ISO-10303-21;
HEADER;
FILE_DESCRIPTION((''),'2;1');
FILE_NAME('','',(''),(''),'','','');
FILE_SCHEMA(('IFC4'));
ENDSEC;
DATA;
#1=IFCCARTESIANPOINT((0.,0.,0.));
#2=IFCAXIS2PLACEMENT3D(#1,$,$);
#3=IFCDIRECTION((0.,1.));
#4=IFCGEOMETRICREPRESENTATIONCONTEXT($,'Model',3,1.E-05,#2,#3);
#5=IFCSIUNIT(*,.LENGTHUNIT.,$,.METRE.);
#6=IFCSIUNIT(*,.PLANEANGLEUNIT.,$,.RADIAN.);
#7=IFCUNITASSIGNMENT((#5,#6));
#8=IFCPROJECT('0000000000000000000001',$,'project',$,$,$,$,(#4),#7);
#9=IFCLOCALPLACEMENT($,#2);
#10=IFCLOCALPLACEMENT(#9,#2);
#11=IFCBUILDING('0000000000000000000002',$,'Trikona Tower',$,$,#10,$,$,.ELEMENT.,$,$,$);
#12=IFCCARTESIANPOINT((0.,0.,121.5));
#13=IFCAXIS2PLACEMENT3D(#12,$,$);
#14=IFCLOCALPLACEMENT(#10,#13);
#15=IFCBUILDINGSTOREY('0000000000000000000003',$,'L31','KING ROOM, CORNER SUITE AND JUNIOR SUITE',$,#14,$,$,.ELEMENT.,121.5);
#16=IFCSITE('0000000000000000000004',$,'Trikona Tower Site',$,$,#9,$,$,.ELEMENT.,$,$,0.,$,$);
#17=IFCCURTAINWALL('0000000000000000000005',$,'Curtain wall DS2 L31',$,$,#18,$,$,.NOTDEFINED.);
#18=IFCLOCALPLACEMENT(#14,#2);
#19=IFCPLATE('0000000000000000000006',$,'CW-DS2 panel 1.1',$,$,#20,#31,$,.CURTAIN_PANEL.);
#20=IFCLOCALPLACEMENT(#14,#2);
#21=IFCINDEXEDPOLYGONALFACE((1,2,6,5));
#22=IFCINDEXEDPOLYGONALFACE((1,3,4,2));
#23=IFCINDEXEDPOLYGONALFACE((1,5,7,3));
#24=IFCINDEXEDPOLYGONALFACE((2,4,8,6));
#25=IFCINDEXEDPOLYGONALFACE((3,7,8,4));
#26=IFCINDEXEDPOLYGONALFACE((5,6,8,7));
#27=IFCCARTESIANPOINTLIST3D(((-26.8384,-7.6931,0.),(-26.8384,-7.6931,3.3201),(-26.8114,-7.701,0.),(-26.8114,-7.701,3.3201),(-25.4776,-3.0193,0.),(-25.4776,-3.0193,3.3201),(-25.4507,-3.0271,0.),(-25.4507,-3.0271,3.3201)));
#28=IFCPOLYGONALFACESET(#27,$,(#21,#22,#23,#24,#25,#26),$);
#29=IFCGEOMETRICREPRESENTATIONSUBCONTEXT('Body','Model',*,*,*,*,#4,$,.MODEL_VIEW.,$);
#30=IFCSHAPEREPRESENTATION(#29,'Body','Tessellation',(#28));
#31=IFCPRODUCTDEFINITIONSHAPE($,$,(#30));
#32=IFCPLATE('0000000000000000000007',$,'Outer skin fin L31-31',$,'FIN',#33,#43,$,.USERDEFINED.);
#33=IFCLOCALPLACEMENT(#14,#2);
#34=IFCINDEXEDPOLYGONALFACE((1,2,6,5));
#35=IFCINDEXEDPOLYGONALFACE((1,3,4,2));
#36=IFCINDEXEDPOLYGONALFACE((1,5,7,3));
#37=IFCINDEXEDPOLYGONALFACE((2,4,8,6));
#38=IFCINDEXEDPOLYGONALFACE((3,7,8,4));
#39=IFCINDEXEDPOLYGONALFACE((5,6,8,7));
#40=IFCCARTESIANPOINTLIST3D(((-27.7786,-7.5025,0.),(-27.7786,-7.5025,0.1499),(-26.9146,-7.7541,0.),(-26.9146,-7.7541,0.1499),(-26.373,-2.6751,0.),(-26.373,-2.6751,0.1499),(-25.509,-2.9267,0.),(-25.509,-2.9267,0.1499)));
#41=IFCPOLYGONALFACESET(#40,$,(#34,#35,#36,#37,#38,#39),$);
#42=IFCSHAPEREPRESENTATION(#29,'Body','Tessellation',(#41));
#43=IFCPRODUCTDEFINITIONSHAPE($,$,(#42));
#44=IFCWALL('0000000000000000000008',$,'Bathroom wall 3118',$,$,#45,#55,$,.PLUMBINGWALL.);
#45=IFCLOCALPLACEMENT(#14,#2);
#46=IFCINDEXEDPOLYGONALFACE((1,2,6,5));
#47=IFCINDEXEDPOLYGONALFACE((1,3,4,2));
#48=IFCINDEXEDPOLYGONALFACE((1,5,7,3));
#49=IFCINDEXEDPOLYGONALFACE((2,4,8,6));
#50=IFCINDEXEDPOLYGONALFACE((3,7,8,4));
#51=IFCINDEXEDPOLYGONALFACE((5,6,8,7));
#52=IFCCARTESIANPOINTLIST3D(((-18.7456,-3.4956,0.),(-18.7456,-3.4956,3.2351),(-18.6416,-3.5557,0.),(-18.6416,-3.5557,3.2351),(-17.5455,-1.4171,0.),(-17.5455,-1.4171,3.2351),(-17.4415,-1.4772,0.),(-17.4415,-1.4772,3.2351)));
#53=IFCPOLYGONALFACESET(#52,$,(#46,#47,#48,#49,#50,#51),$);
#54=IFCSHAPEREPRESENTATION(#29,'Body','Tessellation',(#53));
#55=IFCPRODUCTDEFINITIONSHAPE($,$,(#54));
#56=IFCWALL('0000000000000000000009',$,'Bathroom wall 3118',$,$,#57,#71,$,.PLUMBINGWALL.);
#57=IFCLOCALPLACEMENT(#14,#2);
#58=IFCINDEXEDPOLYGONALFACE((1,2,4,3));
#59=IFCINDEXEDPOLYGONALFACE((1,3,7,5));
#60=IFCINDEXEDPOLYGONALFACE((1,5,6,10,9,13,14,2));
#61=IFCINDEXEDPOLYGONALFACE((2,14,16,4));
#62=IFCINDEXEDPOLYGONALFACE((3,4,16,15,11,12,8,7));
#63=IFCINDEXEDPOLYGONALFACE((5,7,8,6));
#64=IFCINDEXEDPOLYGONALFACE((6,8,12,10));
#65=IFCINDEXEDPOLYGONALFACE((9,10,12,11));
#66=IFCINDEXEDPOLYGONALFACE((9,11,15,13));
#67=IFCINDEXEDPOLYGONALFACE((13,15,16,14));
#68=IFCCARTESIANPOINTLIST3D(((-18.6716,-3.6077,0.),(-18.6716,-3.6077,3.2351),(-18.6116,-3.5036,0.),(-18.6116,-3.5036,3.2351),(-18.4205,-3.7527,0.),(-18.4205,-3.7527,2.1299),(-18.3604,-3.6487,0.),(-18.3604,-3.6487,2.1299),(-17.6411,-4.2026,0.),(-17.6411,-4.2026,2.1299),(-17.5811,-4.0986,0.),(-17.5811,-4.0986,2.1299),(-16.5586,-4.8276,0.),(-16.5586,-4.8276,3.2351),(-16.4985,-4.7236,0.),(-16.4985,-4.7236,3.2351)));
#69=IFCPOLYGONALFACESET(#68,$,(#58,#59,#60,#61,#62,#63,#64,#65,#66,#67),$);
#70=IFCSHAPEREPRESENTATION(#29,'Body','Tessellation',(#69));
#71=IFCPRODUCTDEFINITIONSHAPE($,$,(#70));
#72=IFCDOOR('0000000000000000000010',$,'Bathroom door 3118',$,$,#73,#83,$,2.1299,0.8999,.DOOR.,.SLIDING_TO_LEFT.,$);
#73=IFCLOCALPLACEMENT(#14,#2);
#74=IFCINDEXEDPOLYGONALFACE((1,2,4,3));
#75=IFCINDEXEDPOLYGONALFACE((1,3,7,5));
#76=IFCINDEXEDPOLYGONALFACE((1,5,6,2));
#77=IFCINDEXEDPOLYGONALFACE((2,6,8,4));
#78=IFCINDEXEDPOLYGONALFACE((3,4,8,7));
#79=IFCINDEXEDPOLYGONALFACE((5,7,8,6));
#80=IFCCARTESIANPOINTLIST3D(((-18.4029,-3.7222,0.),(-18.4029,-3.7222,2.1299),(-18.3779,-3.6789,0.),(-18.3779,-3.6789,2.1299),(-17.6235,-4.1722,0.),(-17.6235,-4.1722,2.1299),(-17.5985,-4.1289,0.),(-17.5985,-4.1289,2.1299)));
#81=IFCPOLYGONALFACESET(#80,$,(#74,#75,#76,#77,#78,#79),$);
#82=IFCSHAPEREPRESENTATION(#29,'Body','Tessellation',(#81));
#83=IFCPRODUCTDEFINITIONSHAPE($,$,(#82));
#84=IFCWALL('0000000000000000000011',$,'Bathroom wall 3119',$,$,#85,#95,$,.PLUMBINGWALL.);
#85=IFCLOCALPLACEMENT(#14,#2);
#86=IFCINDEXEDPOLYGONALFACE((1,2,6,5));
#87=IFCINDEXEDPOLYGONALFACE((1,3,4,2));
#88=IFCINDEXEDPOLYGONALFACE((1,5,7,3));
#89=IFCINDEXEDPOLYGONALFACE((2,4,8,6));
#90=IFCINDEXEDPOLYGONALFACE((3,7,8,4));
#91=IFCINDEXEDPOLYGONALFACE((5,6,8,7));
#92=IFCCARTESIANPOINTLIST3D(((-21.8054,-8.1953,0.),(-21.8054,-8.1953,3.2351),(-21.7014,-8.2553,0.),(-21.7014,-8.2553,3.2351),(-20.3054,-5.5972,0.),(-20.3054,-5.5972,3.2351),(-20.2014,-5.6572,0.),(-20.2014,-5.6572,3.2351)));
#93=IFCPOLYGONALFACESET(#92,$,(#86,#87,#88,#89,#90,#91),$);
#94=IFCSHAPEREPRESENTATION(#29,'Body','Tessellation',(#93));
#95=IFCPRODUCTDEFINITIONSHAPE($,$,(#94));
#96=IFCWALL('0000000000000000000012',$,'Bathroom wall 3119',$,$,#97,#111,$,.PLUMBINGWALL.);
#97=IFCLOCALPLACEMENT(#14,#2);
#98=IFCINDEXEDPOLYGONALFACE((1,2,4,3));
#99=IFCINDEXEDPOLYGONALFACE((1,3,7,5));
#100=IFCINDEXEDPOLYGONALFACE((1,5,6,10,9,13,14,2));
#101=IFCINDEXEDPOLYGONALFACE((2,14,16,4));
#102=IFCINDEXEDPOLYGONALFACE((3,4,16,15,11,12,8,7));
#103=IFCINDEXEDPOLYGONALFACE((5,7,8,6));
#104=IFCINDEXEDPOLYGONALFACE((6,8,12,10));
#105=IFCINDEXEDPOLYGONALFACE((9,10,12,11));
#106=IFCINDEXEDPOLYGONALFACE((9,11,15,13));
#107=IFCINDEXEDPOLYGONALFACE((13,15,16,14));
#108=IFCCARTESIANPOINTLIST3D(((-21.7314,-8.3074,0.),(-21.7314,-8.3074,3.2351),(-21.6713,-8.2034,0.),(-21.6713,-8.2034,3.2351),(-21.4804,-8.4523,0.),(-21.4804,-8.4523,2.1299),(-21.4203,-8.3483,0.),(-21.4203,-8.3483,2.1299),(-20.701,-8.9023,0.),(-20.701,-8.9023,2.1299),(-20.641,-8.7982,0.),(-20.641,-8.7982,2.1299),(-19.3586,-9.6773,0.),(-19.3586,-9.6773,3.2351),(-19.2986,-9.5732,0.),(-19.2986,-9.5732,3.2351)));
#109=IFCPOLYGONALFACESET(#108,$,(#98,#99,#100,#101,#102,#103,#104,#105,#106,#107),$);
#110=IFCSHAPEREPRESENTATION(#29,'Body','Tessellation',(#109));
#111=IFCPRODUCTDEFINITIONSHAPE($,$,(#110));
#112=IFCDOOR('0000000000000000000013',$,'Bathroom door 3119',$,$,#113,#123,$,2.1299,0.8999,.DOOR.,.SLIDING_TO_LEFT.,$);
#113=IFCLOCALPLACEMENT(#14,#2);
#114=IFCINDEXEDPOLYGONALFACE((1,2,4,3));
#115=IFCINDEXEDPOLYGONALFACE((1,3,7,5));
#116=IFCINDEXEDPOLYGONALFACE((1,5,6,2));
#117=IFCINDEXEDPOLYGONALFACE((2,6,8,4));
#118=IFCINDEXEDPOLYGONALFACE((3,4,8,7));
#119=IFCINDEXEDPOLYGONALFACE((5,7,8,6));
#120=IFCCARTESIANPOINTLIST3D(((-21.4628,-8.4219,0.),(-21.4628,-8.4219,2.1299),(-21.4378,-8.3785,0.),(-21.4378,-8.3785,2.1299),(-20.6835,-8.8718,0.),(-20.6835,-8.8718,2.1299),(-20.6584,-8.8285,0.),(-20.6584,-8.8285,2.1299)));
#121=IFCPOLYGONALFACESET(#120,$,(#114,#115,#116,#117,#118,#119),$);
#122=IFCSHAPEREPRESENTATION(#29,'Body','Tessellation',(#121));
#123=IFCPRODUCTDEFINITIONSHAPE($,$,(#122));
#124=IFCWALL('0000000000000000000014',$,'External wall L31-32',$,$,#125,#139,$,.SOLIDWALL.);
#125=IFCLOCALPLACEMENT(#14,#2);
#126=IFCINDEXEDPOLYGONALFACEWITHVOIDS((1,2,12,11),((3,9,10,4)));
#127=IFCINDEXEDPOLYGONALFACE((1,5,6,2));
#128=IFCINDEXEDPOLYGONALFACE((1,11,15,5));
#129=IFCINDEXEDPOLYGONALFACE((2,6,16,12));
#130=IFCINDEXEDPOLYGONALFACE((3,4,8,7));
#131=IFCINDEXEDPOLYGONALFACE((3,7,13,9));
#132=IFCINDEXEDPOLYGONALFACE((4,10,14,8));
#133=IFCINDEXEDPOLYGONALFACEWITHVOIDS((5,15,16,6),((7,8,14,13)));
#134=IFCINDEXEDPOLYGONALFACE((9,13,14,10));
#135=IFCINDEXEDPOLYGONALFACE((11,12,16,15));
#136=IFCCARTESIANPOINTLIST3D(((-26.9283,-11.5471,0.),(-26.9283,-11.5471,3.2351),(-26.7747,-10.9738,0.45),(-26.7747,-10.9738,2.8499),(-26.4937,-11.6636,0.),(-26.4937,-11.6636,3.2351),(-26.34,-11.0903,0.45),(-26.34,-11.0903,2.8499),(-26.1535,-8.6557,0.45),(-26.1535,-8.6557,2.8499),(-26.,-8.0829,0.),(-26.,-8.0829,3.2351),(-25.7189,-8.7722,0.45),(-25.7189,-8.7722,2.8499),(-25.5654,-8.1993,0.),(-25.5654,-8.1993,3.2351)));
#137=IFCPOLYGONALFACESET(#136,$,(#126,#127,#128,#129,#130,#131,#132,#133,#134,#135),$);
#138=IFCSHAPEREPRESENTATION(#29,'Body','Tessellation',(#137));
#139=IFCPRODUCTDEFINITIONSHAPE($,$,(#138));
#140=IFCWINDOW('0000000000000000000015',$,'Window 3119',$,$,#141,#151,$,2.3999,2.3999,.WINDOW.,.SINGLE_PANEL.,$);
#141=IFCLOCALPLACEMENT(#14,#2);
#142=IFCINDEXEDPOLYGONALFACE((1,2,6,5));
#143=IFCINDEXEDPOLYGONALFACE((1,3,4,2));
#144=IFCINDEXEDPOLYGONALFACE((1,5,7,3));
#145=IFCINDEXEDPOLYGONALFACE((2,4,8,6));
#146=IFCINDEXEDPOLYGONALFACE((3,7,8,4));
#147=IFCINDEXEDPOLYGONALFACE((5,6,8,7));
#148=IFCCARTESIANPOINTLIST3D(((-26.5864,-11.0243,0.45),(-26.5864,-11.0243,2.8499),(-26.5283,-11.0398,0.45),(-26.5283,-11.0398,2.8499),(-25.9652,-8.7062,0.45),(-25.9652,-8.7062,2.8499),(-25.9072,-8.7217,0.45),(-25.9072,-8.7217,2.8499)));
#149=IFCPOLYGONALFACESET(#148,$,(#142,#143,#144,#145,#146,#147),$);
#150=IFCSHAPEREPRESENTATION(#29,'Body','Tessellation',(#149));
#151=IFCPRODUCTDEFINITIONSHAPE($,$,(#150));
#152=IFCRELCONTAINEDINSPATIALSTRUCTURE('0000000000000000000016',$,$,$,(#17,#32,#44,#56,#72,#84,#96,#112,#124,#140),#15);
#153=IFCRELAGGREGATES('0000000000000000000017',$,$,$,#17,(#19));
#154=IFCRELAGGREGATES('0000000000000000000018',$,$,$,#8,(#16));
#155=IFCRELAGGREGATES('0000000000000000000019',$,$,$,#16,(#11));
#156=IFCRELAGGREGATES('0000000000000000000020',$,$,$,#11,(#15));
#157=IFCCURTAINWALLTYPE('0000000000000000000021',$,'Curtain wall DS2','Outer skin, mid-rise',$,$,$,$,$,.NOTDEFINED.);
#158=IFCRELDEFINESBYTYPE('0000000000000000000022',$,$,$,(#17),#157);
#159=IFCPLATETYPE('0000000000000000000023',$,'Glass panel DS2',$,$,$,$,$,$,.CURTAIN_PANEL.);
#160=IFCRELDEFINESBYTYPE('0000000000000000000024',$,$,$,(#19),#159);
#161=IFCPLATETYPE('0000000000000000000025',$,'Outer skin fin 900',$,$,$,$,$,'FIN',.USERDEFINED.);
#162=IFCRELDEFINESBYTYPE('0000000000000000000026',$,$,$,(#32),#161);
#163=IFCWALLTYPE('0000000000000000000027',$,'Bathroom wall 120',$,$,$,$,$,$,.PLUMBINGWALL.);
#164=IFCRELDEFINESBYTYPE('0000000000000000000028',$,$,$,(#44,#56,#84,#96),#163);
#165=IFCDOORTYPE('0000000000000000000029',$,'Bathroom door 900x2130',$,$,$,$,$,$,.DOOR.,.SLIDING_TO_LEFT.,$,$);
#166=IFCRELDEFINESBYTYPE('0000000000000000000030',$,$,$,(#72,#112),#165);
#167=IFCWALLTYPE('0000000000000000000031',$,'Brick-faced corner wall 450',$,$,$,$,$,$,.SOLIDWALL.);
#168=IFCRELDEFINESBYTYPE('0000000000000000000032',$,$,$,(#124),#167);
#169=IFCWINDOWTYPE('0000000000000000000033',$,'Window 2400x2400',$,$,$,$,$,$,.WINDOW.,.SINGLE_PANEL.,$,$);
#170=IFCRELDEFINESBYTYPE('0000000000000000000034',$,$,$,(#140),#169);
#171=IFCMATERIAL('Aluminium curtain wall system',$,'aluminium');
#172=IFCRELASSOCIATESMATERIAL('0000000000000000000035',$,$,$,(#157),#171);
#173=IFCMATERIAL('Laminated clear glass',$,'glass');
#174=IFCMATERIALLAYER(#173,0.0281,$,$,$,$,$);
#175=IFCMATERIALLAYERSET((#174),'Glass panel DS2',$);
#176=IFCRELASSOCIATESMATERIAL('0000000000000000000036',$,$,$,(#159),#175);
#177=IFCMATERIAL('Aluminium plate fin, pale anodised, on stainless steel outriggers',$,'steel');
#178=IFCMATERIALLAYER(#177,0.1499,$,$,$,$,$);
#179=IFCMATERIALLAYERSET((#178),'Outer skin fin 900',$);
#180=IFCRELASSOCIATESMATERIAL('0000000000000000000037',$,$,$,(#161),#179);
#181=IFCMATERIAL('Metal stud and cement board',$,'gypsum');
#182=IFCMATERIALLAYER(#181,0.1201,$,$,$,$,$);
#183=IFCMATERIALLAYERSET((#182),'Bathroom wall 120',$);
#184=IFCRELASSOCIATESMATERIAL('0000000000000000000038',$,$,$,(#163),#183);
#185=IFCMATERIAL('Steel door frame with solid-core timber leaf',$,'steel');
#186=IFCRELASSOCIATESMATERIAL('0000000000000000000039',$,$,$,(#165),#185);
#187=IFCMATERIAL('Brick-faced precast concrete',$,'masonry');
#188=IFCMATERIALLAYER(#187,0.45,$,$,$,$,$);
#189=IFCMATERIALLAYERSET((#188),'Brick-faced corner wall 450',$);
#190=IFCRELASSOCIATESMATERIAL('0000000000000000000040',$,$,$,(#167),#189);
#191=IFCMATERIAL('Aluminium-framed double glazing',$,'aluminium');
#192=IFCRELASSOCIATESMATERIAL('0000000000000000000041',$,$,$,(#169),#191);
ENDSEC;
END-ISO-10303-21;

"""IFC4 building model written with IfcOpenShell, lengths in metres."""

from ifc_helpers import new_model, si_unit, direction, frame, frame_2d, origin, origin_2d, place, context, subcontext, project, spatial, rectangle, extrude, material, layer, layer_set, type_object, element, fill, aggregate, save


model = new_model("IFC4")

# Units and contexts
model_context = context("Model", 3, precision=1e-05, world=origin(), true_north=direction((0.0, 1.0)))
body_context = subcontext(model_context, "Body", "Model", "MODEL_VIEW")
ifc_project = project(units=[si_unit("LENGTHUNIT", "METRE"), si_unit("PLANEANGLEUNIT", "RADIAN")], contexts=[model_context])

# Site, building, storey
site_placement = place(None, origin())
site = spatial("IfcSite", under=ifc_project, at=site_placement, Name="Trikona Tower Site", CompositionType="ELEMENT", RefElevation=0.0)
building_placement = place(site_placement, origin())
building = spatial("IfcBuilding", under=site, at=building_placement, Name="Trikona Tower", CompositionType="ELEMENT")
storey_placement = place(building_placement, frame((0.0, 0.0, 121.5)))
storey = spatial("IfcBuildingStorey", under=building, at=storey_placement, Name="L31", Description="KING ROOM, CORNER SUITE AND JUNIOR SUITE", CompositionType="ELEMENT", Elevation=121.5)

# Shared definitions
ifc_material_1 = material(Name="Aluminium curtain wall system", Category="aluminium")
curtain_wall_type = type_object("IfcCurtainWallType", Name="Curtain wall DS2", Description="Outer skin, mid-rise", PredefinedType="NOTDEFINED", material=ifc_material_1)

# Curtain wall
curtain_wall_1_placement = place(storey_placement, origin())
curtain_wall_1 = element("IfcCurtainWall", 1, at=curtain_wall_1_placement, inside=storey, type_object=curtain_wall_type, Name="Curtain wall DS2 L31", PredefinedType="NOTDEFINED")

# Plates
ifc_material_2 = material(Name="Laminated clear glass", Category="glass")
ifc_layer_1 = layer(ifc_material_2, 0.0281)
ifc_layer_set_1 = layer_set([ifc_layer_1], Name="Glass panel DS2")
plate_type_1 = type_object("IfcPlateType", Name="Glass panel DS2", PredefinedType="CURTAIN_PANEL", material=ifc_layer_set_1)
plate_1_placement = place(storey_placement, frame((-26.1445, -5.3601, 0.0), z_axis=(0.0, 0.0, 1.0), x_axis=(-0.279543, -0.960133, 0.0)))
plate_1 = element("IfcPlate", 2, at=plate_1_placement, type_object=plate_type_1, Name="CW-DS2 panel 1.1", PredefinedType="CURTAIN_PANEL", context=body_context, shape_type="SweptSolid", body=[
    extrude(rectangle(XDim=4.8679, YDim=0.0281, at=origin_2d()), origin(), (0.0, 0.0, 1.0), 3.3201),
])
aggregate(curtain_wall_1, [plate_1])
ifc_material_3 = material(Name="Aluminium plate fin, pale anodised, on stainless steel outriggers", Category="steel")
ifc_layer_2 = layer(ifc_material_3, 0.1499)
ifc_layer_set_2 = layer_set([ifc_layer_2], Name="Outer skin fin 900")
plate_type_2 = type_object("IfcPlateType", Name="Outer skin fin 900", ElementType="FIN", PredefinedType="USERDEFINED", material=ifc_layer_set_2)
plate_2_placement = place(storey_placement, frame((-26.6438, -5.2146, 0.0), z_axis=(0.0, 0.0, 1.0), x_axis=(-0.279554, -0.96013, 0.0)))
element("IfcPlate", 3, at=plate_2_placement, inside=storey, type_object=plate_type_2, Name="Outer skin fin L31-31", ObjectType="FIN", PredefinedType="USERDEFINED", context=body_context, shape_type="SweptSolid", body=[
    extrude(rectangle(XDim=5.0278, YDim=0.8999, at=origin_2d()), origin(), (0.0, 0.0, 1.0), 0.1499),
])

# Wall
ifc_material_4 = material(Name="Metal stud and cement board", Category="gypsum")
ifc_layer_3 = layer(ifc_material_4, 0.1201)
ifc_layer_set_3 = layer_set([ifc_layer_3], Name="Bathroom wall 120")
wall_type_1 = type_object("IfcWallType", Name="Bathroom wall 120", PredefinedType="PLUMBINGWALL", material=ifc_layer_set_3)
wall_1_placement = place(storey_placement, frame((-17.4934, -1.447, 0.0), z_axis=(0.0, 0.0, 1.0), x_axis=(-0.500034, -0.866006, 0.0)))
element("IfcWall", 4, at=wall_1_placement, inside=storey, type_object=wall_type_1, Name="Bathroom wall 3118", PredefinedType="PLUMBINGWALL", context=body_context, shape_type="SweptSolid", body=[
    extrude(rectangle(XDim=2.4001, YDim=0.1201, at=frame_2d((1.2002, 0.0))), origin(), (0.0, 0.0, 1.0), 3.2351),
])

# Wall, opening, door
wall_2_placement = place(storey_placement, frame((-16.5286, -4.7756, 0.0), z_axis=(0.0, 0.0, 1.0), x_axis=(-0.866024, 0.500003, 0.0)))
wall_2 = element("IfcWall", 5, at=wall_2_placement, inside=storey, type_object=wall_type_1, Name="Bathroom wall 3118", PredefinedType="PLUMBINGWALL", context=body_context, shape_type="SweptSolid", body=[
    extrude(rectangle(XDim=2.4399, YDim=0.1201, at=frame_2d((1.22, 0.0))), origin(), (0.0, 0.0, 1.0), 3.2351),
])
opening_1_placement = place(wall_2_placement, frame((1.25, 0.0, 0.0)))
opening_1 = element("IfcOpeningElement", 6, at=opening_1_placement, cuts=wall_2, PredefinedType="OPENING", context=body_context, shape_type="SweptSolid", body=[
    extrude(rectangle(XDim=0.8999, YDim=2.1299, at=frame_2d((0.45, 1.0649))), frame((0.0, 0.0701, 0.0), z_axis=(0.0, -1.0, 0.0), x_axis=(1.0, 0.0, 0.0)), (0.0, 0.0, 1.0), 0.1401),
])
ifc_material_5 = material(Name="Steel door frame with solid-core timber leaf", Category="steel")
door_type_1 = type_object("IfcDoorType", Name="Bathroom door 900x2130", OperationType="SLIDING_TO_LEFT", PredefinedType="DOOR", material=ifc_material_5)
door_1_placement = place(opening_1_placement, origin())
door_1 = element("IfcDoor", 7, at=door_1_placement, inside=storey, type_object=door_type_1, Name="Bathroom door 3118", OperationType="SLIDING_TO_LEFT", OverallHeight=2.1299, OverallWidth=0.8999, PredefinedType="DOOR", context=body_context, shape_type="SweptSolid", body=[
    extrude(rectangle(XDim=0.8999, YDim=2.1299, at=frame_2d((0.45, 1.0649))), frame((0.0, 0.0249, 0.0), z_axis=(0.0, -1.0, 0.0), x_axis=(1.0, 0.0, 0.0)), (0.0, 0.0, 1.0), 0.05),
])
fill(opening_1, door_1)

# Wall
wall_3_placement = place(storey_placement, frame((-20.2534, -5.6272, 0.0), z_axis=(0.0, 0.0, 1.0), x_axis=(-0.49999, -0.866031, 0.0)))
element("IfcWall", 8, at=wall_3_placement, inside=storey, type_object=wall_type_1, Name="Bathroom wall 3119", PredefinedType="PLUMBINGWALL", context=body_context, shape_type="SweptSolid", body=[
    extrude(rectangle(XDim=3.0, YDim=0.1201, at=frame_2d((1.5, 0.0))), origin(), (0.0, 0.0, 1.0), 3.2351),
])

# Wall, opening, door
wall_4_placement = place(storey_placement, frame((-19.3286, -9.6252, 0.0), z_axis=(0.0, 0.0, 1.0), x_axis=(-0.866036, 0.499982, 0.0)))
wall_4 = element("IfcWall", 9, at=wall_4_placement, inside=storey, type_object=wall_type_1, Name="Bathroom wall 3119", PredefinedType="PLUMBINGWALL", context=body_context, shape_type="SweptSolid", body=[
    extrude(rectangle(XDim=2.7397, YDim=0.1201, at=frame_2d((1.3699, 0.0))), origin(), (0.0, 0.0, 1.0), 3.2351),
])
opening_2_placement = place(wall_4_placement, frame((1.55, 0.0, 0.0)))
opening_2 = element("IfcOpeningElement", 10, at=opening_2_placement, cuts=wall_4, PredefinedType="OPENING", context=body_context, shape_type="SweptSolid", body=[
    extrude(rectangle(XDim=0.8999, YDim=2.1299, at=frame_2d((0.45, 1.0649))), frame((0.0, 0.0701, 0.0), z_axis=(0.0, -1.0, 0.0), x_axis=(1.0, 0.0, 0.0)), (0.0, 0.0, 1.0), 0.1401),
])
door_2_placement = place(opening_2_placement, origin())
door_2 = element("IfcDoor", 11, at=door_2_placement, inside=storey, type_object=door_type_1, Name="Bathroom door 3119", OperationType="SLIDING_TO_LEFT", OverallHeight=2.1299, OverallWidth=0.8999, PredefinedType="DOOR", context=body_context, shape_type="SweptSolid", body=[
    extrude(rectangle(XDim=0.8999, YDim=2.1299, at=frame_2d((0.45, 1.0649))), frame((0.0, 0.0249, 0.0), z_axis=(0.0, -1.0, 0.0), x_axis=(1.0, 0.0, 0.0)), (0.0, 0.0, 1.0), 0.05),
])
fill(opening_2, door_2)

# Wall, opening, window
ifc_material_6 = material(Name="Brick-faced precast concrete", Category="masonry")
ifc_layer_4 = layer(ifc_material_6, 0.45)
ifc_layer_set_4 = layer_set([ifc_layer_4], Name="Brick-faced corner wall 450")
wall_type_2 = type_object("IfcWallType", Name="Brick-faced corner wall 450", PredefinedType="SOLIDWALL", material=ifc_layer_set_4)
wall_5_placement = place(storey_placement, frame((-25.7827, -8.1411, 0.0), z_axis=(0.0, 0.0, 1.0), x_axis=(-0.258823, -0.965925, 0.0)))
wall_5 = element("IfcWall", 12, at=wall_5_placement, inside=storey, type_object=wall_type_2, Name="External wall L31-32", PredefinedType="SOLIDWALL", context=body_context, shape_type="SweptSolid", body=[
    extrude(rectangle(XDim=3.5864, YDim=0.45, at=frame_2d((1.7932, 0.0))), origin(), (0.0, 0.0, 1.0), 3.2351),
])
opening_3_placement = place(wall_5_placement, frame((0.593, 0.0, 0.45)))
opening_3 = element("IfcOpeningElement", 13, at=opening_3_placement, cuts=wall_5, PredefinedType="OPENING", context=body_context, shape_type="SweptSolid", body=[
    extrude(rectangle(XDim=2.3999, YDim=2.3999, at=frame_2d((1.2, 1.2))), frame((0.0, 0.2349, 0.0), z_axis=(0.0, -1.0, 0.0), x_axis=(1.0, 0.0, 0.0)), (0.0, 0.0, 1.0), 0.47),
])
ifc_material_7 = material(Name="Aluminium-framed double glazing", Category="aluminium")
window_type_1 = type_object("IfcWindowType", Name="Window 2400x2400", PartitioningType="SINGLE_PANEL", PredefinedType="WINDOW", material=ifc_material_7)
window_1_placement = place(opening_3_placement, origin())
window_1 = element("IfcWindow", 14, at=window_1_placement, inside=storey, type_object=window_type_1, Name="Window 3119", OverallHeight=2.3999, OverallWidth=2.3999, PartitioningType="SINGLE_PANEL", PredefinedType="WINDOW", context=body_context, shape_type="SweptSolid", body=[
    extrude(rectangle(XDim=2.3999, YDim=2.3999, at=frame_2d((1.2, 1.2))), frame((0.0, 0.03, 0.0), z_axis=(0.0, -1.0, 0.0), x_axis=(1.0, 0.0, 0.0)), (0.0, 0.0, 1.0), 0.0601),
])
fill(opening_3, window_1)

save(model, "model.ifc")
